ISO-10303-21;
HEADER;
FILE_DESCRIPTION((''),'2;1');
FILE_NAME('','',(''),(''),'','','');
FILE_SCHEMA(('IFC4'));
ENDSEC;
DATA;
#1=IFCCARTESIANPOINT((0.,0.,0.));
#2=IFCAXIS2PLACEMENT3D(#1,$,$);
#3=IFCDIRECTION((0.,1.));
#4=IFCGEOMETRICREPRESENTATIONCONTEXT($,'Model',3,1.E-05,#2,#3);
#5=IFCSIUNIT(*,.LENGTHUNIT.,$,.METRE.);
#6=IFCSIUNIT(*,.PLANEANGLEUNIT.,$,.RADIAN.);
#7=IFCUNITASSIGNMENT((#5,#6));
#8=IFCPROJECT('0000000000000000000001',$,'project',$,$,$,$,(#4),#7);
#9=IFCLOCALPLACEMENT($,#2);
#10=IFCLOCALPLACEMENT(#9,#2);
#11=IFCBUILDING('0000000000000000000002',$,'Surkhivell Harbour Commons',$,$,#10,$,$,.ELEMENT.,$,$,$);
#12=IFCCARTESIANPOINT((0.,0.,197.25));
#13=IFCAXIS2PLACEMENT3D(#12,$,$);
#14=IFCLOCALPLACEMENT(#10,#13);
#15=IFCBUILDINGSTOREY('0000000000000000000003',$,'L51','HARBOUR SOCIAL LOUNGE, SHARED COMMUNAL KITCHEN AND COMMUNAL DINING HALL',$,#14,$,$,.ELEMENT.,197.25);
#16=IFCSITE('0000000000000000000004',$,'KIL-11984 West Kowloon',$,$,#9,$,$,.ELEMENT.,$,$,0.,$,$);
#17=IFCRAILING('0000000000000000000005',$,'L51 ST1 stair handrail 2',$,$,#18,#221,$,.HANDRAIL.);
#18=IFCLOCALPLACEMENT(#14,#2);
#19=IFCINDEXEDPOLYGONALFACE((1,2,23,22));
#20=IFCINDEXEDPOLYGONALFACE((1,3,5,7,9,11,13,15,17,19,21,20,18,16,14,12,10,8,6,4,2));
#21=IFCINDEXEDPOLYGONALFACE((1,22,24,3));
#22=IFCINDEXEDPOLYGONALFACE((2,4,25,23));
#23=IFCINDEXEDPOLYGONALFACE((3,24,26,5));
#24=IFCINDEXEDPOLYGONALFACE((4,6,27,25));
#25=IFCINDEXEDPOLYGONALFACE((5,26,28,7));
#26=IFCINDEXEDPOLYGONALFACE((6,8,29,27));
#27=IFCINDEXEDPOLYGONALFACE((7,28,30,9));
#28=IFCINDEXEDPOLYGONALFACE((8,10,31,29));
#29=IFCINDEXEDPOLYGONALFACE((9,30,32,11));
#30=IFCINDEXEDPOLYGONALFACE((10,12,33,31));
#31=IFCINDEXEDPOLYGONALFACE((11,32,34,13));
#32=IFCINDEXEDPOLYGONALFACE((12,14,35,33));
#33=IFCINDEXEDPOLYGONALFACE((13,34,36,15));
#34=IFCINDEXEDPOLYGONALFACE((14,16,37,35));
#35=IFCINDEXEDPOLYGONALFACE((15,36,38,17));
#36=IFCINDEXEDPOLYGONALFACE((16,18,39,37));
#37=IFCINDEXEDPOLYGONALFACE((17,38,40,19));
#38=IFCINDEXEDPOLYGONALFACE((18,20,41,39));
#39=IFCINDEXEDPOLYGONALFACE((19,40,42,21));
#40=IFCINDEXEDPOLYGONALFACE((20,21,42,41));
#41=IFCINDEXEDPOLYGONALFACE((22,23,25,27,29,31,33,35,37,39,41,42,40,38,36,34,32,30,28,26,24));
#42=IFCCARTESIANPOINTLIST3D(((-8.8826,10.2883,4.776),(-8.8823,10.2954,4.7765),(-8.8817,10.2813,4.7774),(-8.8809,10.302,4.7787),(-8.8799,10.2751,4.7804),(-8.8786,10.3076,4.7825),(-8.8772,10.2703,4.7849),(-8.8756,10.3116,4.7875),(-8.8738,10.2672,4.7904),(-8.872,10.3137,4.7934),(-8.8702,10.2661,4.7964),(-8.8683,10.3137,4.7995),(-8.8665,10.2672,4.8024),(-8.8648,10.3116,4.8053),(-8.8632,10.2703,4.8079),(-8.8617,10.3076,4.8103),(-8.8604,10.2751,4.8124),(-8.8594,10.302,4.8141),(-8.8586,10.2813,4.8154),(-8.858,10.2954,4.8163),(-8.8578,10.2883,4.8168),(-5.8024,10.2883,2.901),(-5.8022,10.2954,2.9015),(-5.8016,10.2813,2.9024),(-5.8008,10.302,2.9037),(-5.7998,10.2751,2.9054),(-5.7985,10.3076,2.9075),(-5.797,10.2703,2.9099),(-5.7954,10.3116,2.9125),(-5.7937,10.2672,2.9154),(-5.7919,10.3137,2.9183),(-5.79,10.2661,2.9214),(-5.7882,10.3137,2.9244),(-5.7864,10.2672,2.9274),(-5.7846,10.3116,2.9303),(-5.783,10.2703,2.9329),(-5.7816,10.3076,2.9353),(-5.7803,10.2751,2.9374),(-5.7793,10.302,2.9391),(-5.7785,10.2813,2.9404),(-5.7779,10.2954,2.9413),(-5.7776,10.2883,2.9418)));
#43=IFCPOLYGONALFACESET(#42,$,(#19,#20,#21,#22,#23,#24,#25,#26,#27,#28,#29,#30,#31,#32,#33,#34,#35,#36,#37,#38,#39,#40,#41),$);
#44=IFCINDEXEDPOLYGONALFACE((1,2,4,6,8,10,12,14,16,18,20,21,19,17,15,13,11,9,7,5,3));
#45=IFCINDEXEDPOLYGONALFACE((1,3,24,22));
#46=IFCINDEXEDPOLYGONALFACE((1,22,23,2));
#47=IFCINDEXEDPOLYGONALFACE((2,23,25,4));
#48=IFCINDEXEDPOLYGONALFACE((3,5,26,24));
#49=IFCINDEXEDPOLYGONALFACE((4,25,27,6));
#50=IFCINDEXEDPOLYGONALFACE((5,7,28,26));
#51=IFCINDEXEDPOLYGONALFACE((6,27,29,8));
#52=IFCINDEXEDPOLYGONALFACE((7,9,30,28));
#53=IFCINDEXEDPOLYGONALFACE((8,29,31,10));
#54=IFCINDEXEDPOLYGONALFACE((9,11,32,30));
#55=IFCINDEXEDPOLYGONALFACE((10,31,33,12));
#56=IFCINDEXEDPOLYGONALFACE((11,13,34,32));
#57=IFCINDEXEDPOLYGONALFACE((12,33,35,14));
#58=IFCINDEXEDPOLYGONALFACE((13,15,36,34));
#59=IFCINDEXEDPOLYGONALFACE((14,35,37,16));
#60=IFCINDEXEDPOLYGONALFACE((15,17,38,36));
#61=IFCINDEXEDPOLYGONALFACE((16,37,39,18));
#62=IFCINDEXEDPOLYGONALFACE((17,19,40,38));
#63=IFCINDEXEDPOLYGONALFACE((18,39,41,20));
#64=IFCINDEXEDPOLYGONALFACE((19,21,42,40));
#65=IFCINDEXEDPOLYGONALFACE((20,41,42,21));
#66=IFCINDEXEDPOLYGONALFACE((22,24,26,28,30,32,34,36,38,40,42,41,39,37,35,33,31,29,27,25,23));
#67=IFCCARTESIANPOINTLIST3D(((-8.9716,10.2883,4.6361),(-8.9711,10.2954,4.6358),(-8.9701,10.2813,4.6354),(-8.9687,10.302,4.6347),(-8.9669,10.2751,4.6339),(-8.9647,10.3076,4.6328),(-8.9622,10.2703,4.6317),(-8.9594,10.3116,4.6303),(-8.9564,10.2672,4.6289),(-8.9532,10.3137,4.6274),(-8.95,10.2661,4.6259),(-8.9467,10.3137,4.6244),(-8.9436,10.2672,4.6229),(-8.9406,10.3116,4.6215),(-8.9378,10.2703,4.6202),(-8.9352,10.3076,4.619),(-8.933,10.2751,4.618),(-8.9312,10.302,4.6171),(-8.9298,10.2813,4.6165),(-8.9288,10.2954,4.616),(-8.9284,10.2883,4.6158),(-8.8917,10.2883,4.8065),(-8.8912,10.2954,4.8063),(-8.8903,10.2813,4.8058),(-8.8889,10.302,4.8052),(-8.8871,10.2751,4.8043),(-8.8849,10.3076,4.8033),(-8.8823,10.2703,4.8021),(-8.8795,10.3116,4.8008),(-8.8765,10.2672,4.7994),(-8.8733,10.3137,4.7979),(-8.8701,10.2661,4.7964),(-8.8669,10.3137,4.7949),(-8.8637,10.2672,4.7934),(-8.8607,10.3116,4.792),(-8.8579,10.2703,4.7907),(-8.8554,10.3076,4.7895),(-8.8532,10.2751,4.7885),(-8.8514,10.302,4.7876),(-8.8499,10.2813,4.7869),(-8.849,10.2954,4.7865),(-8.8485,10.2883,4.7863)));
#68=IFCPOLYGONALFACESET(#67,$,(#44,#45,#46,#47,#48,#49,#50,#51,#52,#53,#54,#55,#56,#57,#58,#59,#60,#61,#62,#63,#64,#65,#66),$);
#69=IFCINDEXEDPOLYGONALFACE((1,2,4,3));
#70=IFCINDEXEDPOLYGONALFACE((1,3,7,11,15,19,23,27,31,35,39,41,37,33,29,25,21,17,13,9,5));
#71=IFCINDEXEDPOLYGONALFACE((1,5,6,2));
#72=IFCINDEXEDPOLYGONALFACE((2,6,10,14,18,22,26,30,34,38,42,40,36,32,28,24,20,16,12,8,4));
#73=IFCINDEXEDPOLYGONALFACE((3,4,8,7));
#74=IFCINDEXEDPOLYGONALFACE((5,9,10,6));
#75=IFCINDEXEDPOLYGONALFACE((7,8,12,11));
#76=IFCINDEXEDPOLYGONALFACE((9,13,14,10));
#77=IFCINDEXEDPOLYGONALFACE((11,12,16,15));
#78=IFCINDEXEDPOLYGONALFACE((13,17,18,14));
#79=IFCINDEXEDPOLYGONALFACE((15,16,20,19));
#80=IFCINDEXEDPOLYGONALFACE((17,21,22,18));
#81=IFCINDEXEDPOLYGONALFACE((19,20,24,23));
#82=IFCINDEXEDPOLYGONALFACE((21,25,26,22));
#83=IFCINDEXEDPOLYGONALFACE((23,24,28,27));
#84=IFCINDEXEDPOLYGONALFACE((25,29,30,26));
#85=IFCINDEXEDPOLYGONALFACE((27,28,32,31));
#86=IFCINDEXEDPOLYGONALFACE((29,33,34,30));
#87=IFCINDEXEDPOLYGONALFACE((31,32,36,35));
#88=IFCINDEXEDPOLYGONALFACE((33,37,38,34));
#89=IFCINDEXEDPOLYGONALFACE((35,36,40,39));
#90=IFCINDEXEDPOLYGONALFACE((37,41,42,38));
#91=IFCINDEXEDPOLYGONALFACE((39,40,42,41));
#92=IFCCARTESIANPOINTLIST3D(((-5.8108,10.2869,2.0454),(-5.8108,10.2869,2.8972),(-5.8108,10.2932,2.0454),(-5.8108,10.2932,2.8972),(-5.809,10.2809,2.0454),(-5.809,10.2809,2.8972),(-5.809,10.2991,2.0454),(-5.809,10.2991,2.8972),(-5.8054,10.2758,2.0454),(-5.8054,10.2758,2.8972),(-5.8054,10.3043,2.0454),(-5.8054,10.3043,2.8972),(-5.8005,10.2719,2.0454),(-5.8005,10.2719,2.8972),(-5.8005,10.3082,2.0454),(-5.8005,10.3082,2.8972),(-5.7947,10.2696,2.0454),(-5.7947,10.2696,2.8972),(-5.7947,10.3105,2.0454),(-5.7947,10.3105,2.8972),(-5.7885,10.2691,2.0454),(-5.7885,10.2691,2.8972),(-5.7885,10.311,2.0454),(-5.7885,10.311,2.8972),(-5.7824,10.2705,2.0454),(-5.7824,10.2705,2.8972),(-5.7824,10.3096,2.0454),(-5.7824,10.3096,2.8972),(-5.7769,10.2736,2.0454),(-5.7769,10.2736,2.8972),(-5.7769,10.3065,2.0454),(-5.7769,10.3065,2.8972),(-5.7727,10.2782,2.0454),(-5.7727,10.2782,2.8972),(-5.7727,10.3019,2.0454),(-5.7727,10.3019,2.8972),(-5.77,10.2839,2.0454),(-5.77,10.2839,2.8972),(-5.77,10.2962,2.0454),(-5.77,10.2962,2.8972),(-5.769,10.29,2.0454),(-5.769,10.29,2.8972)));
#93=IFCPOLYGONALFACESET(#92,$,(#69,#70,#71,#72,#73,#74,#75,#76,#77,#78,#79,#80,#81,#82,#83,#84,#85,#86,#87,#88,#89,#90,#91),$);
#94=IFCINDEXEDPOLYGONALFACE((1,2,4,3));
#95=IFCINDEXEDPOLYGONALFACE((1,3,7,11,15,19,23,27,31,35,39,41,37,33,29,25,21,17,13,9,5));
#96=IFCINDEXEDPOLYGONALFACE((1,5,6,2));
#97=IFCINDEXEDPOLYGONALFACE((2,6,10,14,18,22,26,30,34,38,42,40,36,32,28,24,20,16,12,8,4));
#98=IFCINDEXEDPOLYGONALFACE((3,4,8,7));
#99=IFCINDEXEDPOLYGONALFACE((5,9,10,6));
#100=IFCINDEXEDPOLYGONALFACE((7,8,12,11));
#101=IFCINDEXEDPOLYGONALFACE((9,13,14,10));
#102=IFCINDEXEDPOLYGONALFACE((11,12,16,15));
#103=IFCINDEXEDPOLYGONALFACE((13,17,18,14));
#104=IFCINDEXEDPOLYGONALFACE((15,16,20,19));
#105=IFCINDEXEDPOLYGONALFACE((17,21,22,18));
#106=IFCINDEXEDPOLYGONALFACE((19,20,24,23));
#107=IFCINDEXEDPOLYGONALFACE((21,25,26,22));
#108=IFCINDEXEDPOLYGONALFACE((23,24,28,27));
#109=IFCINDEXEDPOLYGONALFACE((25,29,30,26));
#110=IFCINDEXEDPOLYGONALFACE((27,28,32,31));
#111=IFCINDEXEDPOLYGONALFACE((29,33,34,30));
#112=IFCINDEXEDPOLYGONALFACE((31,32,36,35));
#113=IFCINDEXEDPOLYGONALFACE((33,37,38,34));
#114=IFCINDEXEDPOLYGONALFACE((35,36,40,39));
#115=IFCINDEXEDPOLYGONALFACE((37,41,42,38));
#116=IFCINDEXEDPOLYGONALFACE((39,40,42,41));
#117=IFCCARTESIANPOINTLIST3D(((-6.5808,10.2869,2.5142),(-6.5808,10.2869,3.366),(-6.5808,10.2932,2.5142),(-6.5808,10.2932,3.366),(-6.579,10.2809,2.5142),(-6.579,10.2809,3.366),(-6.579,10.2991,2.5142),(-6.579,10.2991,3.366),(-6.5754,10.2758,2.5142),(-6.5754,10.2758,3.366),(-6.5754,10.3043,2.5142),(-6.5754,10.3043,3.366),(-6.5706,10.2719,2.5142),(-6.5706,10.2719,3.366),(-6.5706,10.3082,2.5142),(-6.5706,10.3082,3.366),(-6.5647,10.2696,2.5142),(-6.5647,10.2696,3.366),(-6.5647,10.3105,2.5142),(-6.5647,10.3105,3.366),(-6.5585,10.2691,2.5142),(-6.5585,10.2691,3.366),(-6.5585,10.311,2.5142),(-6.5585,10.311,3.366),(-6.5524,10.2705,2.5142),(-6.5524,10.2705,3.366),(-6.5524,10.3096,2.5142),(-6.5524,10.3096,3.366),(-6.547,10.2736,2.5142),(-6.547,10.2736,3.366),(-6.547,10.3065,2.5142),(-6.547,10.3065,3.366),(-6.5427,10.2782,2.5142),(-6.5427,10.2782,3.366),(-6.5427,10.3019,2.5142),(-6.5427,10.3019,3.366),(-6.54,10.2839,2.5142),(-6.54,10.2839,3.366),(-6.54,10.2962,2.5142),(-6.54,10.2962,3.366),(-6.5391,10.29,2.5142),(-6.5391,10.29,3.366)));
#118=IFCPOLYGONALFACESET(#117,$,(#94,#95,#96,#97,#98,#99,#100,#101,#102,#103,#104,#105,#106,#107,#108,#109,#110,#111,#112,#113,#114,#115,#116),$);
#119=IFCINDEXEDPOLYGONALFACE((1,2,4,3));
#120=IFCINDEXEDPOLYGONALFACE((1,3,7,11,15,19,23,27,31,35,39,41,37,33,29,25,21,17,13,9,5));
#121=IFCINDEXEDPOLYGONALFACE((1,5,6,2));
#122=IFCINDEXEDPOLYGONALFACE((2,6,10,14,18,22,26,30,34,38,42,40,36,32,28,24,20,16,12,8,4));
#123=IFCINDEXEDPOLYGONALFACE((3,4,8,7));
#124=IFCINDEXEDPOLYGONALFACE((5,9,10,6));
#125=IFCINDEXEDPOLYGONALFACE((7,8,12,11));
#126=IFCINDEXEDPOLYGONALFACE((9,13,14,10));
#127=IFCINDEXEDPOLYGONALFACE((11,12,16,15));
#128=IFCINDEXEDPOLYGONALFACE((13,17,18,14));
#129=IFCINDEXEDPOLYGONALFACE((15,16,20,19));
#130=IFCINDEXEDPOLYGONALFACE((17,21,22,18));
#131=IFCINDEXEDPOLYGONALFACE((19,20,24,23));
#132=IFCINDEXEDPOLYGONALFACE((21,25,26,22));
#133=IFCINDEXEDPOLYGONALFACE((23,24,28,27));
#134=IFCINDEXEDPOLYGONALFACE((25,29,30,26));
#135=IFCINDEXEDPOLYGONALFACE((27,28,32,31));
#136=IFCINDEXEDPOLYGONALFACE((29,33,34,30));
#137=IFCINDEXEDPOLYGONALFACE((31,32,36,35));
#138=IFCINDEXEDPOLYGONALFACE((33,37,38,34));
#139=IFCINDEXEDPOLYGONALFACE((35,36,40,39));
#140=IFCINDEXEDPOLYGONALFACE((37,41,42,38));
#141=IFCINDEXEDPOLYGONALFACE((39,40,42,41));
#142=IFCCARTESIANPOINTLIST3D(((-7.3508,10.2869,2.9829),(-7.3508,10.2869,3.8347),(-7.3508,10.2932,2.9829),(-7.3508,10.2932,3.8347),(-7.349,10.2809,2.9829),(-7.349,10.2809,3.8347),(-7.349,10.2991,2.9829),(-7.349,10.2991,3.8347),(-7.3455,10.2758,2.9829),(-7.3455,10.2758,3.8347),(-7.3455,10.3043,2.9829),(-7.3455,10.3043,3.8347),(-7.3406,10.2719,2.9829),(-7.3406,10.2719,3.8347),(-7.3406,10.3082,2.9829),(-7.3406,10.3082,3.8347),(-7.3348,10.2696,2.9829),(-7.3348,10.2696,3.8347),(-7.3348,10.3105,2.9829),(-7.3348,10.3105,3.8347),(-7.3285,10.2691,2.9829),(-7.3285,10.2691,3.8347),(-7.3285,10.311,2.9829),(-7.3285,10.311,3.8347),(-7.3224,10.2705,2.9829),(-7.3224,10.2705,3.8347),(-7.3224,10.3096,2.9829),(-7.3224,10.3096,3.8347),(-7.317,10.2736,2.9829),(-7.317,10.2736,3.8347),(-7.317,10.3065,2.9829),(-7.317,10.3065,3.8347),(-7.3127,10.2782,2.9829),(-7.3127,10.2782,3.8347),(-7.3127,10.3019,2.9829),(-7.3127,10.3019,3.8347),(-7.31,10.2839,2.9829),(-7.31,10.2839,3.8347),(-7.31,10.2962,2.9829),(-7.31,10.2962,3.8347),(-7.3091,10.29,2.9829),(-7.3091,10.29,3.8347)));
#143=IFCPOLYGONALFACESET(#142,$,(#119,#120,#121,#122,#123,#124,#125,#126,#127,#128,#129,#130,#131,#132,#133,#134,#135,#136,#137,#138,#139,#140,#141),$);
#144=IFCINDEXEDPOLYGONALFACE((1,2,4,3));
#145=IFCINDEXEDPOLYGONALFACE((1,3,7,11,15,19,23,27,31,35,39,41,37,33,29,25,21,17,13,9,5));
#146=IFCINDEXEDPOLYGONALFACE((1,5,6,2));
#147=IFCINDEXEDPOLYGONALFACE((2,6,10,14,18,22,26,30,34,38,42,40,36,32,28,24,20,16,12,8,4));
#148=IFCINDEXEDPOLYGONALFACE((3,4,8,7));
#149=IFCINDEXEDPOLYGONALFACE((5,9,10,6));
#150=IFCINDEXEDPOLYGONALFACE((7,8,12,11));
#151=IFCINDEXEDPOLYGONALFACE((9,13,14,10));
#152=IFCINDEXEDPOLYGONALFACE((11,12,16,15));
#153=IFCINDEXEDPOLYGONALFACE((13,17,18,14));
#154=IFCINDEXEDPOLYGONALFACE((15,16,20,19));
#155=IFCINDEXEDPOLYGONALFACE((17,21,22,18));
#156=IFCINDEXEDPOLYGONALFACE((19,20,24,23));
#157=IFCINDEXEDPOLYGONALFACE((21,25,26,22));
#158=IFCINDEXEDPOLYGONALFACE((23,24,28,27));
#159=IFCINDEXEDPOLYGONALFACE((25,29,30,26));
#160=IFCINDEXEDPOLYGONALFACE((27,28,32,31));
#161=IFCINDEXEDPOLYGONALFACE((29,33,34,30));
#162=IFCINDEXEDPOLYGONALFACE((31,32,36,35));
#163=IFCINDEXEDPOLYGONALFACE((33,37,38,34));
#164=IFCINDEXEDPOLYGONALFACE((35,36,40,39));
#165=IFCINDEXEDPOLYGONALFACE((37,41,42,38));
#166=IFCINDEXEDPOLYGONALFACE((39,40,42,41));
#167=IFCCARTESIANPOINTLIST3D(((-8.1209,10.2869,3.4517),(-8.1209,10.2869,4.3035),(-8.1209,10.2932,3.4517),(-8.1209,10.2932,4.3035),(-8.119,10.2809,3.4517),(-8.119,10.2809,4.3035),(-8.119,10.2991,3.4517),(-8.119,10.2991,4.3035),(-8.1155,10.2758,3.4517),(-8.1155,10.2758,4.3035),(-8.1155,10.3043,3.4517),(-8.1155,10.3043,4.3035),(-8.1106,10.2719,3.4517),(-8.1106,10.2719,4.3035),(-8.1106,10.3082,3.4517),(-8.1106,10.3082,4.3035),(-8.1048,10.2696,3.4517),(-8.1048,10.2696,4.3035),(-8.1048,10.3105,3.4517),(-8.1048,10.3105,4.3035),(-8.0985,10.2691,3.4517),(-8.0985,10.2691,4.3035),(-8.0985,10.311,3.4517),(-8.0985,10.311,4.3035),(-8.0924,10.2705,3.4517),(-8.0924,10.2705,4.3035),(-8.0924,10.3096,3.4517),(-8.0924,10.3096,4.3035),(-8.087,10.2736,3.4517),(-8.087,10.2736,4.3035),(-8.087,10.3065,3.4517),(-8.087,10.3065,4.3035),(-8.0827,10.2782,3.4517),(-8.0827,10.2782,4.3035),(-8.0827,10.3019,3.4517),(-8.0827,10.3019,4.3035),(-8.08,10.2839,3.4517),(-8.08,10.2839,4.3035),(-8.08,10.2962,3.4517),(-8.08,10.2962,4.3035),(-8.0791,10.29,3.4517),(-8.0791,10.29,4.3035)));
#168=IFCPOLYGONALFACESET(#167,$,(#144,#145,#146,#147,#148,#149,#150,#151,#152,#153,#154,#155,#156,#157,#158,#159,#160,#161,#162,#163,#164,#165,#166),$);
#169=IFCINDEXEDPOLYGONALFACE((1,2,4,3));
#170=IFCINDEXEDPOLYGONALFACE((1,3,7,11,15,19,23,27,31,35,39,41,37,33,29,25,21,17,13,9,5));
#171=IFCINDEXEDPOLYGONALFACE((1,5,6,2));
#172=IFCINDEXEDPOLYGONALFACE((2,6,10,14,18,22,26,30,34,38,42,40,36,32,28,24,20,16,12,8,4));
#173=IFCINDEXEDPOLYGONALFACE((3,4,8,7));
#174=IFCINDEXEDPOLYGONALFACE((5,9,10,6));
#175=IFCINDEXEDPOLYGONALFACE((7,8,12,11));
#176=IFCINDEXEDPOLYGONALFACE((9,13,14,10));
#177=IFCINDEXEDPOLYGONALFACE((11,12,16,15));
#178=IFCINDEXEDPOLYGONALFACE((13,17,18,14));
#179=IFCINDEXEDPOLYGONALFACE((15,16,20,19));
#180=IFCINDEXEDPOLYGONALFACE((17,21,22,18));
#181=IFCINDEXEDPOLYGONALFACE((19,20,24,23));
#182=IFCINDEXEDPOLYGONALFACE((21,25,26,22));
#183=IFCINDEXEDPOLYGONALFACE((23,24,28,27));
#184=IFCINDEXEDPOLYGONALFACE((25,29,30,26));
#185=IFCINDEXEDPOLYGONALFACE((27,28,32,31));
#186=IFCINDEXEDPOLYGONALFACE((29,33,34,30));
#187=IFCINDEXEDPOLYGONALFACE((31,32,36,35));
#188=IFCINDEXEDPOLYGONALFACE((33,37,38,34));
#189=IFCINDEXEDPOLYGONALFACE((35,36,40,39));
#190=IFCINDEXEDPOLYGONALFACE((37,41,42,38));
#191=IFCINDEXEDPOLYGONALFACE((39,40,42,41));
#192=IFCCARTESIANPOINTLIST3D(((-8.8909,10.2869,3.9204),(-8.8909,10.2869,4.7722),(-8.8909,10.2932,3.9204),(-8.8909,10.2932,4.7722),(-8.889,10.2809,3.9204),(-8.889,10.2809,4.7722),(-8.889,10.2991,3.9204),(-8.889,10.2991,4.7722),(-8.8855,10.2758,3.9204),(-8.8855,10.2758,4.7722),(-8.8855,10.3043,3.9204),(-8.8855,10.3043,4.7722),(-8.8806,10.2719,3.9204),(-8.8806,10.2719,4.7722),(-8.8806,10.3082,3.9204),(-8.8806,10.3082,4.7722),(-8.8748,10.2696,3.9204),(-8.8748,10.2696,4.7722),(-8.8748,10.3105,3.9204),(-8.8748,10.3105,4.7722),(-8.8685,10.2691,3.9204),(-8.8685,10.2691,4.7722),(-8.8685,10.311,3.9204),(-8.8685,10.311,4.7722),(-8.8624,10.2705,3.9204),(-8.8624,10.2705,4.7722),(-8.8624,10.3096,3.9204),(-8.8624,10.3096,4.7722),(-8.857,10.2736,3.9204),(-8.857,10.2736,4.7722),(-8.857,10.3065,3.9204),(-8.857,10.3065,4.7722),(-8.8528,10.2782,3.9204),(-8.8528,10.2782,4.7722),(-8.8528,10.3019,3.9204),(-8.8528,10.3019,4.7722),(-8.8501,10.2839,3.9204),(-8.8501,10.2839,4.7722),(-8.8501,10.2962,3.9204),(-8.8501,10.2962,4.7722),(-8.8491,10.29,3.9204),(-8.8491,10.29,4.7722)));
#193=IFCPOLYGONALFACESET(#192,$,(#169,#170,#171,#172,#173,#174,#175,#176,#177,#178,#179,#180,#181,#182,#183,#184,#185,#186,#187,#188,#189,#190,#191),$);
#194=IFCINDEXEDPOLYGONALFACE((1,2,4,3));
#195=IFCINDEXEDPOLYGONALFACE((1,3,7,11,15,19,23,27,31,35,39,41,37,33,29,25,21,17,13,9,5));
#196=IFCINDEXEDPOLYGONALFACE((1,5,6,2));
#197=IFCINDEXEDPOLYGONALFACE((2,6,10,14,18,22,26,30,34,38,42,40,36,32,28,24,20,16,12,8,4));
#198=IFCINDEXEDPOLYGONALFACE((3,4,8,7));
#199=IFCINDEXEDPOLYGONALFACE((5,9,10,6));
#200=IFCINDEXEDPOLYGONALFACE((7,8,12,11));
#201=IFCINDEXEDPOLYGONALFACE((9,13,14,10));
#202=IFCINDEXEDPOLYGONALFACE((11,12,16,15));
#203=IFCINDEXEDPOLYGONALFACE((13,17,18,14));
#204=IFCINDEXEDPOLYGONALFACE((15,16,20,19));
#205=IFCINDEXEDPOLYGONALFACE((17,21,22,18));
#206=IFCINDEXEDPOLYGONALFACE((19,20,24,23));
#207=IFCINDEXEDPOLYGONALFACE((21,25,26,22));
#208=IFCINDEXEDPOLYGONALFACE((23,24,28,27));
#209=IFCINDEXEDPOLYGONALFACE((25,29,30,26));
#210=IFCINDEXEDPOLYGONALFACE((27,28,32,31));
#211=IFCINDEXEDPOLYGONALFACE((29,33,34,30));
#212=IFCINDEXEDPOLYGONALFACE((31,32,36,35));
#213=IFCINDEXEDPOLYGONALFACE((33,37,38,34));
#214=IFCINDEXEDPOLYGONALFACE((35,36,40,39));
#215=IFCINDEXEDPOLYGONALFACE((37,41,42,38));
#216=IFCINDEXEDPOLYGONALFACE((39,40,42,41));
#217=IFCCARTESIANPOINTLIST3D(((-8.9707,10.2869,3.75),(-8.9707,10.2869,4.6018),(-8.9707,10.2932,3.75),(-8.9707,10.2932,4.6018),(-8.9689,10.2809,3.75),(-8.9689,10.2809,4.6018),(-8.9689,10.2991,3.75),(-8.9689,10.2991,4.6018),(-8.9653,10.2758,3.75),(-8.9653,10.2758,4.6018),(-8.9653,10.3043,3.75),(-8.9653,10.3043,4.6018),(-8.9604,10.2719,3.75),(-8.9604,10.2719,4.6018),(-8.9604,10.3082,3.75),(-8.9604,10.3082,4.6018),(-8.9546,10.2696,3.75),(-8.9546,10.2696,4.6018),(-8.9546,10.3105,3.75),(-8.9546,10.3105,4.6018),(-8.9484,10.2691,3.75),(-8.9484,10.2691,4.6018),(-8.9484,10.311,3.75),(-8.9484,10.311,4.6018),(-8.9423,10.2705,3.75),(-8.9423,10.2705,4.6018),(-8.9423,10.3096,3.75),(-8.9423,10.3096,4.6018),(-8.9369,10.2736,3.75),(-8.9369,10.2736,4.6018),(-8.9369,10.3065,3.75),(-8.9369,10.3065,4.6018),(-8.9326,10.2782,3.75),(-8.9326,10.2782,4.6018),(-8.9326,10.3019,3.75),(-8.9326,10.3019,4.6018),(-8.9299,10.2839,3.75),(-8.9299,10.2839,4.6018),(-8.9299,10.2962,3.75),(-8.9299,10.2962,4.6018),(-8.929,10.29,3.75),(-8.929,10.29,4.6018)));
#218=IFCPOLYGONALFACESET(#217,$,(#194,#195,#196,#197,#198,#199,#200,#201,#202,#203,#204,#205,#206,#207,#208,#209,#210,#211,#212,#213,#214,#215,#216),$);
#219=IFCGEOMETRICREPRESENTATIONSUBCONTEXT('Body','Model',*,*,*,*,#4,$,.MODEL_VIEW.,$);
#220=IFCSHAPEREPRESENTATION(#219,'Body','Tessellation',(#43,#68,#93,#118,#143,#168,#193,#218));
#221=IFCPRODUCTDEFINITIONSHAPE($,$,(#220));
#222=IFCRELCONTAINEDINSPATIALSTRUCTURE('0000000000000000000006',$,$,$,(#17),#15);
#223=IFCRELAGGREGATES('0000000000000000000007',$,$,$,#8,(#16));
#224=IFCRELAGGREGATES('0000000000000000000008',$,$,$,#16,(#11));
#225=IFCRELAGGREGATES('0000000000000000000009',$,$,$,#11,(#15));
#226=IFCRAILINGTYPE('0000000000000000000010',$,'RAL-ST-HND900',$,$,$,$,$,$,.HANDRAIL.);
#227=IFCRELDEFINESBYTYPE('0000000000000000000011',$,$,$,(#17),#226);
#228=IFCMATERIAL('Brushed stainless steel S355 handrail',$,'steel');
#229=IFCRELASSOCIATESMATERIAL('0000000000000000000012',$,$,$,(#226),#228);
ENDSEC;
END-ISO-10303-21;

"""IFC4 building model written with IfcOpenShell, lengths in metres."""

from ifc_helpers import new_model, si_unit, direction, frame, origin, origin_2d, place, context, subcontext, project, spatial, circle, extrude, material, type_object, element, save


model = new_model("IFC4")

# Units and contexts
model_context = context("Model", 3, precision=1e-05, world=origin(), true_north=direction((0.0, 1.0)))
body_context = subcontext(model_context, "Body", "Model", "MODEL_VIEW")
ifc_project = project(units=[si_unit("LENGTHUNIT", "METRE"), si_unit("PLANEANGLEUNIT", "RADIAN")], contexts=[model_context])

# Site, building, storey
site_placement = place(None, origin())
site = spatial("IfcSite", under=ifc_project, at=site_placement, Name="KIL-11984 West Kowloon", CompositionType="ELEMENT", RefElevation=0.0)
building_placement = place(site_placement, origin())
building = spatial("IfcBuilding", under=site, at=building_placement, Name="Surkhivell Harbour Commons", CompositionType="ELEMENT")
storey_placement = place(building_placement, frame((0.0, 0.0, 197.25)))
storey = spatial("IfcBuildingStorey", under=building, at=storey_placement, Name="L51", Description="HARBOUR SOCIAL LOUNGE, SHARED COMMUNAL KITCHEN AND COMMUNAL DINING HALL", CompositionType="ELEMENT", Elevation=197.25)

# Railing
ifc_material_1 = material(Name="Brushed stainless steel S355 handrail", Category="steel")
railing_type_1 = type_object("IfcRailingType", Name="RAL-ST-HND900", PredefinedType="HANDRAIL", material=ifc_material_1)
railing_1_placement = place(storey_placement, frame((-5.79, 10.29, 2.0454)))
element("IfcRailing", 1, at=railing_1_placement, inside=storey, type_object=railing_type_1, Name="L51 ST1 stair handrail 2", PredefinedType="HANDRAIL", context=body_context, shape_type="SweptSolid", body=[
    extrude(circle(Radius=0.0239, at=origin_2d()), frame((0.0, 0.0, 0.876), z_axis=(-0.854178, 0.0, 0.519981), x_axis=(0.0, -1.0, 0.0)), (0.0, 0.0, 1.0), 3.606),
    extrude(circle(Radius=0.0239, at=origin_2d()), frame((-3.0801, 0.0, 2.751), z_axis=(-0.424234, 0.0, -0.905552), x_axis=(0.0, -1.0, 0.0)), (0.0, 0.0, 1.0), 0.1882),
    extrude(circle(Radius=0.021, at=origin_2d()), origin(), (0.0, 0.0, 1.0), 0.8518),
    extrude(circle(Radius=0.021, at=origin_2d()), frame((-0.77, 0.0, 0.4688)), (0.0, 0.0, 1.0), 0.8518),
    extrude(circle(Radius=0.021, at=origin_2d()), frame((-1.54, 0.0, 0.9375)), (0.0, 0.0, 1.0), 0.8518),
    extrude(circle(Radius=0.021, at=origin_2d()), frame((-2.3101, 0.0, 1.4062)), (0.0, 0.0, 1.0), 0.8518),
    extrude(circle(Radius=0.021, at=origin_2d()), frame((-3.0801, 0.0, 1.875)), (0.0, 0.0, 1.0), 0.8518),
    extrude(circle(Radius=0.021, at=origin_2d()), frame((-3.1599, 0.0, 1.7046)), (0.0, 0.0, 1.0), 0.8518),
])

save(model, "model.ifc")
